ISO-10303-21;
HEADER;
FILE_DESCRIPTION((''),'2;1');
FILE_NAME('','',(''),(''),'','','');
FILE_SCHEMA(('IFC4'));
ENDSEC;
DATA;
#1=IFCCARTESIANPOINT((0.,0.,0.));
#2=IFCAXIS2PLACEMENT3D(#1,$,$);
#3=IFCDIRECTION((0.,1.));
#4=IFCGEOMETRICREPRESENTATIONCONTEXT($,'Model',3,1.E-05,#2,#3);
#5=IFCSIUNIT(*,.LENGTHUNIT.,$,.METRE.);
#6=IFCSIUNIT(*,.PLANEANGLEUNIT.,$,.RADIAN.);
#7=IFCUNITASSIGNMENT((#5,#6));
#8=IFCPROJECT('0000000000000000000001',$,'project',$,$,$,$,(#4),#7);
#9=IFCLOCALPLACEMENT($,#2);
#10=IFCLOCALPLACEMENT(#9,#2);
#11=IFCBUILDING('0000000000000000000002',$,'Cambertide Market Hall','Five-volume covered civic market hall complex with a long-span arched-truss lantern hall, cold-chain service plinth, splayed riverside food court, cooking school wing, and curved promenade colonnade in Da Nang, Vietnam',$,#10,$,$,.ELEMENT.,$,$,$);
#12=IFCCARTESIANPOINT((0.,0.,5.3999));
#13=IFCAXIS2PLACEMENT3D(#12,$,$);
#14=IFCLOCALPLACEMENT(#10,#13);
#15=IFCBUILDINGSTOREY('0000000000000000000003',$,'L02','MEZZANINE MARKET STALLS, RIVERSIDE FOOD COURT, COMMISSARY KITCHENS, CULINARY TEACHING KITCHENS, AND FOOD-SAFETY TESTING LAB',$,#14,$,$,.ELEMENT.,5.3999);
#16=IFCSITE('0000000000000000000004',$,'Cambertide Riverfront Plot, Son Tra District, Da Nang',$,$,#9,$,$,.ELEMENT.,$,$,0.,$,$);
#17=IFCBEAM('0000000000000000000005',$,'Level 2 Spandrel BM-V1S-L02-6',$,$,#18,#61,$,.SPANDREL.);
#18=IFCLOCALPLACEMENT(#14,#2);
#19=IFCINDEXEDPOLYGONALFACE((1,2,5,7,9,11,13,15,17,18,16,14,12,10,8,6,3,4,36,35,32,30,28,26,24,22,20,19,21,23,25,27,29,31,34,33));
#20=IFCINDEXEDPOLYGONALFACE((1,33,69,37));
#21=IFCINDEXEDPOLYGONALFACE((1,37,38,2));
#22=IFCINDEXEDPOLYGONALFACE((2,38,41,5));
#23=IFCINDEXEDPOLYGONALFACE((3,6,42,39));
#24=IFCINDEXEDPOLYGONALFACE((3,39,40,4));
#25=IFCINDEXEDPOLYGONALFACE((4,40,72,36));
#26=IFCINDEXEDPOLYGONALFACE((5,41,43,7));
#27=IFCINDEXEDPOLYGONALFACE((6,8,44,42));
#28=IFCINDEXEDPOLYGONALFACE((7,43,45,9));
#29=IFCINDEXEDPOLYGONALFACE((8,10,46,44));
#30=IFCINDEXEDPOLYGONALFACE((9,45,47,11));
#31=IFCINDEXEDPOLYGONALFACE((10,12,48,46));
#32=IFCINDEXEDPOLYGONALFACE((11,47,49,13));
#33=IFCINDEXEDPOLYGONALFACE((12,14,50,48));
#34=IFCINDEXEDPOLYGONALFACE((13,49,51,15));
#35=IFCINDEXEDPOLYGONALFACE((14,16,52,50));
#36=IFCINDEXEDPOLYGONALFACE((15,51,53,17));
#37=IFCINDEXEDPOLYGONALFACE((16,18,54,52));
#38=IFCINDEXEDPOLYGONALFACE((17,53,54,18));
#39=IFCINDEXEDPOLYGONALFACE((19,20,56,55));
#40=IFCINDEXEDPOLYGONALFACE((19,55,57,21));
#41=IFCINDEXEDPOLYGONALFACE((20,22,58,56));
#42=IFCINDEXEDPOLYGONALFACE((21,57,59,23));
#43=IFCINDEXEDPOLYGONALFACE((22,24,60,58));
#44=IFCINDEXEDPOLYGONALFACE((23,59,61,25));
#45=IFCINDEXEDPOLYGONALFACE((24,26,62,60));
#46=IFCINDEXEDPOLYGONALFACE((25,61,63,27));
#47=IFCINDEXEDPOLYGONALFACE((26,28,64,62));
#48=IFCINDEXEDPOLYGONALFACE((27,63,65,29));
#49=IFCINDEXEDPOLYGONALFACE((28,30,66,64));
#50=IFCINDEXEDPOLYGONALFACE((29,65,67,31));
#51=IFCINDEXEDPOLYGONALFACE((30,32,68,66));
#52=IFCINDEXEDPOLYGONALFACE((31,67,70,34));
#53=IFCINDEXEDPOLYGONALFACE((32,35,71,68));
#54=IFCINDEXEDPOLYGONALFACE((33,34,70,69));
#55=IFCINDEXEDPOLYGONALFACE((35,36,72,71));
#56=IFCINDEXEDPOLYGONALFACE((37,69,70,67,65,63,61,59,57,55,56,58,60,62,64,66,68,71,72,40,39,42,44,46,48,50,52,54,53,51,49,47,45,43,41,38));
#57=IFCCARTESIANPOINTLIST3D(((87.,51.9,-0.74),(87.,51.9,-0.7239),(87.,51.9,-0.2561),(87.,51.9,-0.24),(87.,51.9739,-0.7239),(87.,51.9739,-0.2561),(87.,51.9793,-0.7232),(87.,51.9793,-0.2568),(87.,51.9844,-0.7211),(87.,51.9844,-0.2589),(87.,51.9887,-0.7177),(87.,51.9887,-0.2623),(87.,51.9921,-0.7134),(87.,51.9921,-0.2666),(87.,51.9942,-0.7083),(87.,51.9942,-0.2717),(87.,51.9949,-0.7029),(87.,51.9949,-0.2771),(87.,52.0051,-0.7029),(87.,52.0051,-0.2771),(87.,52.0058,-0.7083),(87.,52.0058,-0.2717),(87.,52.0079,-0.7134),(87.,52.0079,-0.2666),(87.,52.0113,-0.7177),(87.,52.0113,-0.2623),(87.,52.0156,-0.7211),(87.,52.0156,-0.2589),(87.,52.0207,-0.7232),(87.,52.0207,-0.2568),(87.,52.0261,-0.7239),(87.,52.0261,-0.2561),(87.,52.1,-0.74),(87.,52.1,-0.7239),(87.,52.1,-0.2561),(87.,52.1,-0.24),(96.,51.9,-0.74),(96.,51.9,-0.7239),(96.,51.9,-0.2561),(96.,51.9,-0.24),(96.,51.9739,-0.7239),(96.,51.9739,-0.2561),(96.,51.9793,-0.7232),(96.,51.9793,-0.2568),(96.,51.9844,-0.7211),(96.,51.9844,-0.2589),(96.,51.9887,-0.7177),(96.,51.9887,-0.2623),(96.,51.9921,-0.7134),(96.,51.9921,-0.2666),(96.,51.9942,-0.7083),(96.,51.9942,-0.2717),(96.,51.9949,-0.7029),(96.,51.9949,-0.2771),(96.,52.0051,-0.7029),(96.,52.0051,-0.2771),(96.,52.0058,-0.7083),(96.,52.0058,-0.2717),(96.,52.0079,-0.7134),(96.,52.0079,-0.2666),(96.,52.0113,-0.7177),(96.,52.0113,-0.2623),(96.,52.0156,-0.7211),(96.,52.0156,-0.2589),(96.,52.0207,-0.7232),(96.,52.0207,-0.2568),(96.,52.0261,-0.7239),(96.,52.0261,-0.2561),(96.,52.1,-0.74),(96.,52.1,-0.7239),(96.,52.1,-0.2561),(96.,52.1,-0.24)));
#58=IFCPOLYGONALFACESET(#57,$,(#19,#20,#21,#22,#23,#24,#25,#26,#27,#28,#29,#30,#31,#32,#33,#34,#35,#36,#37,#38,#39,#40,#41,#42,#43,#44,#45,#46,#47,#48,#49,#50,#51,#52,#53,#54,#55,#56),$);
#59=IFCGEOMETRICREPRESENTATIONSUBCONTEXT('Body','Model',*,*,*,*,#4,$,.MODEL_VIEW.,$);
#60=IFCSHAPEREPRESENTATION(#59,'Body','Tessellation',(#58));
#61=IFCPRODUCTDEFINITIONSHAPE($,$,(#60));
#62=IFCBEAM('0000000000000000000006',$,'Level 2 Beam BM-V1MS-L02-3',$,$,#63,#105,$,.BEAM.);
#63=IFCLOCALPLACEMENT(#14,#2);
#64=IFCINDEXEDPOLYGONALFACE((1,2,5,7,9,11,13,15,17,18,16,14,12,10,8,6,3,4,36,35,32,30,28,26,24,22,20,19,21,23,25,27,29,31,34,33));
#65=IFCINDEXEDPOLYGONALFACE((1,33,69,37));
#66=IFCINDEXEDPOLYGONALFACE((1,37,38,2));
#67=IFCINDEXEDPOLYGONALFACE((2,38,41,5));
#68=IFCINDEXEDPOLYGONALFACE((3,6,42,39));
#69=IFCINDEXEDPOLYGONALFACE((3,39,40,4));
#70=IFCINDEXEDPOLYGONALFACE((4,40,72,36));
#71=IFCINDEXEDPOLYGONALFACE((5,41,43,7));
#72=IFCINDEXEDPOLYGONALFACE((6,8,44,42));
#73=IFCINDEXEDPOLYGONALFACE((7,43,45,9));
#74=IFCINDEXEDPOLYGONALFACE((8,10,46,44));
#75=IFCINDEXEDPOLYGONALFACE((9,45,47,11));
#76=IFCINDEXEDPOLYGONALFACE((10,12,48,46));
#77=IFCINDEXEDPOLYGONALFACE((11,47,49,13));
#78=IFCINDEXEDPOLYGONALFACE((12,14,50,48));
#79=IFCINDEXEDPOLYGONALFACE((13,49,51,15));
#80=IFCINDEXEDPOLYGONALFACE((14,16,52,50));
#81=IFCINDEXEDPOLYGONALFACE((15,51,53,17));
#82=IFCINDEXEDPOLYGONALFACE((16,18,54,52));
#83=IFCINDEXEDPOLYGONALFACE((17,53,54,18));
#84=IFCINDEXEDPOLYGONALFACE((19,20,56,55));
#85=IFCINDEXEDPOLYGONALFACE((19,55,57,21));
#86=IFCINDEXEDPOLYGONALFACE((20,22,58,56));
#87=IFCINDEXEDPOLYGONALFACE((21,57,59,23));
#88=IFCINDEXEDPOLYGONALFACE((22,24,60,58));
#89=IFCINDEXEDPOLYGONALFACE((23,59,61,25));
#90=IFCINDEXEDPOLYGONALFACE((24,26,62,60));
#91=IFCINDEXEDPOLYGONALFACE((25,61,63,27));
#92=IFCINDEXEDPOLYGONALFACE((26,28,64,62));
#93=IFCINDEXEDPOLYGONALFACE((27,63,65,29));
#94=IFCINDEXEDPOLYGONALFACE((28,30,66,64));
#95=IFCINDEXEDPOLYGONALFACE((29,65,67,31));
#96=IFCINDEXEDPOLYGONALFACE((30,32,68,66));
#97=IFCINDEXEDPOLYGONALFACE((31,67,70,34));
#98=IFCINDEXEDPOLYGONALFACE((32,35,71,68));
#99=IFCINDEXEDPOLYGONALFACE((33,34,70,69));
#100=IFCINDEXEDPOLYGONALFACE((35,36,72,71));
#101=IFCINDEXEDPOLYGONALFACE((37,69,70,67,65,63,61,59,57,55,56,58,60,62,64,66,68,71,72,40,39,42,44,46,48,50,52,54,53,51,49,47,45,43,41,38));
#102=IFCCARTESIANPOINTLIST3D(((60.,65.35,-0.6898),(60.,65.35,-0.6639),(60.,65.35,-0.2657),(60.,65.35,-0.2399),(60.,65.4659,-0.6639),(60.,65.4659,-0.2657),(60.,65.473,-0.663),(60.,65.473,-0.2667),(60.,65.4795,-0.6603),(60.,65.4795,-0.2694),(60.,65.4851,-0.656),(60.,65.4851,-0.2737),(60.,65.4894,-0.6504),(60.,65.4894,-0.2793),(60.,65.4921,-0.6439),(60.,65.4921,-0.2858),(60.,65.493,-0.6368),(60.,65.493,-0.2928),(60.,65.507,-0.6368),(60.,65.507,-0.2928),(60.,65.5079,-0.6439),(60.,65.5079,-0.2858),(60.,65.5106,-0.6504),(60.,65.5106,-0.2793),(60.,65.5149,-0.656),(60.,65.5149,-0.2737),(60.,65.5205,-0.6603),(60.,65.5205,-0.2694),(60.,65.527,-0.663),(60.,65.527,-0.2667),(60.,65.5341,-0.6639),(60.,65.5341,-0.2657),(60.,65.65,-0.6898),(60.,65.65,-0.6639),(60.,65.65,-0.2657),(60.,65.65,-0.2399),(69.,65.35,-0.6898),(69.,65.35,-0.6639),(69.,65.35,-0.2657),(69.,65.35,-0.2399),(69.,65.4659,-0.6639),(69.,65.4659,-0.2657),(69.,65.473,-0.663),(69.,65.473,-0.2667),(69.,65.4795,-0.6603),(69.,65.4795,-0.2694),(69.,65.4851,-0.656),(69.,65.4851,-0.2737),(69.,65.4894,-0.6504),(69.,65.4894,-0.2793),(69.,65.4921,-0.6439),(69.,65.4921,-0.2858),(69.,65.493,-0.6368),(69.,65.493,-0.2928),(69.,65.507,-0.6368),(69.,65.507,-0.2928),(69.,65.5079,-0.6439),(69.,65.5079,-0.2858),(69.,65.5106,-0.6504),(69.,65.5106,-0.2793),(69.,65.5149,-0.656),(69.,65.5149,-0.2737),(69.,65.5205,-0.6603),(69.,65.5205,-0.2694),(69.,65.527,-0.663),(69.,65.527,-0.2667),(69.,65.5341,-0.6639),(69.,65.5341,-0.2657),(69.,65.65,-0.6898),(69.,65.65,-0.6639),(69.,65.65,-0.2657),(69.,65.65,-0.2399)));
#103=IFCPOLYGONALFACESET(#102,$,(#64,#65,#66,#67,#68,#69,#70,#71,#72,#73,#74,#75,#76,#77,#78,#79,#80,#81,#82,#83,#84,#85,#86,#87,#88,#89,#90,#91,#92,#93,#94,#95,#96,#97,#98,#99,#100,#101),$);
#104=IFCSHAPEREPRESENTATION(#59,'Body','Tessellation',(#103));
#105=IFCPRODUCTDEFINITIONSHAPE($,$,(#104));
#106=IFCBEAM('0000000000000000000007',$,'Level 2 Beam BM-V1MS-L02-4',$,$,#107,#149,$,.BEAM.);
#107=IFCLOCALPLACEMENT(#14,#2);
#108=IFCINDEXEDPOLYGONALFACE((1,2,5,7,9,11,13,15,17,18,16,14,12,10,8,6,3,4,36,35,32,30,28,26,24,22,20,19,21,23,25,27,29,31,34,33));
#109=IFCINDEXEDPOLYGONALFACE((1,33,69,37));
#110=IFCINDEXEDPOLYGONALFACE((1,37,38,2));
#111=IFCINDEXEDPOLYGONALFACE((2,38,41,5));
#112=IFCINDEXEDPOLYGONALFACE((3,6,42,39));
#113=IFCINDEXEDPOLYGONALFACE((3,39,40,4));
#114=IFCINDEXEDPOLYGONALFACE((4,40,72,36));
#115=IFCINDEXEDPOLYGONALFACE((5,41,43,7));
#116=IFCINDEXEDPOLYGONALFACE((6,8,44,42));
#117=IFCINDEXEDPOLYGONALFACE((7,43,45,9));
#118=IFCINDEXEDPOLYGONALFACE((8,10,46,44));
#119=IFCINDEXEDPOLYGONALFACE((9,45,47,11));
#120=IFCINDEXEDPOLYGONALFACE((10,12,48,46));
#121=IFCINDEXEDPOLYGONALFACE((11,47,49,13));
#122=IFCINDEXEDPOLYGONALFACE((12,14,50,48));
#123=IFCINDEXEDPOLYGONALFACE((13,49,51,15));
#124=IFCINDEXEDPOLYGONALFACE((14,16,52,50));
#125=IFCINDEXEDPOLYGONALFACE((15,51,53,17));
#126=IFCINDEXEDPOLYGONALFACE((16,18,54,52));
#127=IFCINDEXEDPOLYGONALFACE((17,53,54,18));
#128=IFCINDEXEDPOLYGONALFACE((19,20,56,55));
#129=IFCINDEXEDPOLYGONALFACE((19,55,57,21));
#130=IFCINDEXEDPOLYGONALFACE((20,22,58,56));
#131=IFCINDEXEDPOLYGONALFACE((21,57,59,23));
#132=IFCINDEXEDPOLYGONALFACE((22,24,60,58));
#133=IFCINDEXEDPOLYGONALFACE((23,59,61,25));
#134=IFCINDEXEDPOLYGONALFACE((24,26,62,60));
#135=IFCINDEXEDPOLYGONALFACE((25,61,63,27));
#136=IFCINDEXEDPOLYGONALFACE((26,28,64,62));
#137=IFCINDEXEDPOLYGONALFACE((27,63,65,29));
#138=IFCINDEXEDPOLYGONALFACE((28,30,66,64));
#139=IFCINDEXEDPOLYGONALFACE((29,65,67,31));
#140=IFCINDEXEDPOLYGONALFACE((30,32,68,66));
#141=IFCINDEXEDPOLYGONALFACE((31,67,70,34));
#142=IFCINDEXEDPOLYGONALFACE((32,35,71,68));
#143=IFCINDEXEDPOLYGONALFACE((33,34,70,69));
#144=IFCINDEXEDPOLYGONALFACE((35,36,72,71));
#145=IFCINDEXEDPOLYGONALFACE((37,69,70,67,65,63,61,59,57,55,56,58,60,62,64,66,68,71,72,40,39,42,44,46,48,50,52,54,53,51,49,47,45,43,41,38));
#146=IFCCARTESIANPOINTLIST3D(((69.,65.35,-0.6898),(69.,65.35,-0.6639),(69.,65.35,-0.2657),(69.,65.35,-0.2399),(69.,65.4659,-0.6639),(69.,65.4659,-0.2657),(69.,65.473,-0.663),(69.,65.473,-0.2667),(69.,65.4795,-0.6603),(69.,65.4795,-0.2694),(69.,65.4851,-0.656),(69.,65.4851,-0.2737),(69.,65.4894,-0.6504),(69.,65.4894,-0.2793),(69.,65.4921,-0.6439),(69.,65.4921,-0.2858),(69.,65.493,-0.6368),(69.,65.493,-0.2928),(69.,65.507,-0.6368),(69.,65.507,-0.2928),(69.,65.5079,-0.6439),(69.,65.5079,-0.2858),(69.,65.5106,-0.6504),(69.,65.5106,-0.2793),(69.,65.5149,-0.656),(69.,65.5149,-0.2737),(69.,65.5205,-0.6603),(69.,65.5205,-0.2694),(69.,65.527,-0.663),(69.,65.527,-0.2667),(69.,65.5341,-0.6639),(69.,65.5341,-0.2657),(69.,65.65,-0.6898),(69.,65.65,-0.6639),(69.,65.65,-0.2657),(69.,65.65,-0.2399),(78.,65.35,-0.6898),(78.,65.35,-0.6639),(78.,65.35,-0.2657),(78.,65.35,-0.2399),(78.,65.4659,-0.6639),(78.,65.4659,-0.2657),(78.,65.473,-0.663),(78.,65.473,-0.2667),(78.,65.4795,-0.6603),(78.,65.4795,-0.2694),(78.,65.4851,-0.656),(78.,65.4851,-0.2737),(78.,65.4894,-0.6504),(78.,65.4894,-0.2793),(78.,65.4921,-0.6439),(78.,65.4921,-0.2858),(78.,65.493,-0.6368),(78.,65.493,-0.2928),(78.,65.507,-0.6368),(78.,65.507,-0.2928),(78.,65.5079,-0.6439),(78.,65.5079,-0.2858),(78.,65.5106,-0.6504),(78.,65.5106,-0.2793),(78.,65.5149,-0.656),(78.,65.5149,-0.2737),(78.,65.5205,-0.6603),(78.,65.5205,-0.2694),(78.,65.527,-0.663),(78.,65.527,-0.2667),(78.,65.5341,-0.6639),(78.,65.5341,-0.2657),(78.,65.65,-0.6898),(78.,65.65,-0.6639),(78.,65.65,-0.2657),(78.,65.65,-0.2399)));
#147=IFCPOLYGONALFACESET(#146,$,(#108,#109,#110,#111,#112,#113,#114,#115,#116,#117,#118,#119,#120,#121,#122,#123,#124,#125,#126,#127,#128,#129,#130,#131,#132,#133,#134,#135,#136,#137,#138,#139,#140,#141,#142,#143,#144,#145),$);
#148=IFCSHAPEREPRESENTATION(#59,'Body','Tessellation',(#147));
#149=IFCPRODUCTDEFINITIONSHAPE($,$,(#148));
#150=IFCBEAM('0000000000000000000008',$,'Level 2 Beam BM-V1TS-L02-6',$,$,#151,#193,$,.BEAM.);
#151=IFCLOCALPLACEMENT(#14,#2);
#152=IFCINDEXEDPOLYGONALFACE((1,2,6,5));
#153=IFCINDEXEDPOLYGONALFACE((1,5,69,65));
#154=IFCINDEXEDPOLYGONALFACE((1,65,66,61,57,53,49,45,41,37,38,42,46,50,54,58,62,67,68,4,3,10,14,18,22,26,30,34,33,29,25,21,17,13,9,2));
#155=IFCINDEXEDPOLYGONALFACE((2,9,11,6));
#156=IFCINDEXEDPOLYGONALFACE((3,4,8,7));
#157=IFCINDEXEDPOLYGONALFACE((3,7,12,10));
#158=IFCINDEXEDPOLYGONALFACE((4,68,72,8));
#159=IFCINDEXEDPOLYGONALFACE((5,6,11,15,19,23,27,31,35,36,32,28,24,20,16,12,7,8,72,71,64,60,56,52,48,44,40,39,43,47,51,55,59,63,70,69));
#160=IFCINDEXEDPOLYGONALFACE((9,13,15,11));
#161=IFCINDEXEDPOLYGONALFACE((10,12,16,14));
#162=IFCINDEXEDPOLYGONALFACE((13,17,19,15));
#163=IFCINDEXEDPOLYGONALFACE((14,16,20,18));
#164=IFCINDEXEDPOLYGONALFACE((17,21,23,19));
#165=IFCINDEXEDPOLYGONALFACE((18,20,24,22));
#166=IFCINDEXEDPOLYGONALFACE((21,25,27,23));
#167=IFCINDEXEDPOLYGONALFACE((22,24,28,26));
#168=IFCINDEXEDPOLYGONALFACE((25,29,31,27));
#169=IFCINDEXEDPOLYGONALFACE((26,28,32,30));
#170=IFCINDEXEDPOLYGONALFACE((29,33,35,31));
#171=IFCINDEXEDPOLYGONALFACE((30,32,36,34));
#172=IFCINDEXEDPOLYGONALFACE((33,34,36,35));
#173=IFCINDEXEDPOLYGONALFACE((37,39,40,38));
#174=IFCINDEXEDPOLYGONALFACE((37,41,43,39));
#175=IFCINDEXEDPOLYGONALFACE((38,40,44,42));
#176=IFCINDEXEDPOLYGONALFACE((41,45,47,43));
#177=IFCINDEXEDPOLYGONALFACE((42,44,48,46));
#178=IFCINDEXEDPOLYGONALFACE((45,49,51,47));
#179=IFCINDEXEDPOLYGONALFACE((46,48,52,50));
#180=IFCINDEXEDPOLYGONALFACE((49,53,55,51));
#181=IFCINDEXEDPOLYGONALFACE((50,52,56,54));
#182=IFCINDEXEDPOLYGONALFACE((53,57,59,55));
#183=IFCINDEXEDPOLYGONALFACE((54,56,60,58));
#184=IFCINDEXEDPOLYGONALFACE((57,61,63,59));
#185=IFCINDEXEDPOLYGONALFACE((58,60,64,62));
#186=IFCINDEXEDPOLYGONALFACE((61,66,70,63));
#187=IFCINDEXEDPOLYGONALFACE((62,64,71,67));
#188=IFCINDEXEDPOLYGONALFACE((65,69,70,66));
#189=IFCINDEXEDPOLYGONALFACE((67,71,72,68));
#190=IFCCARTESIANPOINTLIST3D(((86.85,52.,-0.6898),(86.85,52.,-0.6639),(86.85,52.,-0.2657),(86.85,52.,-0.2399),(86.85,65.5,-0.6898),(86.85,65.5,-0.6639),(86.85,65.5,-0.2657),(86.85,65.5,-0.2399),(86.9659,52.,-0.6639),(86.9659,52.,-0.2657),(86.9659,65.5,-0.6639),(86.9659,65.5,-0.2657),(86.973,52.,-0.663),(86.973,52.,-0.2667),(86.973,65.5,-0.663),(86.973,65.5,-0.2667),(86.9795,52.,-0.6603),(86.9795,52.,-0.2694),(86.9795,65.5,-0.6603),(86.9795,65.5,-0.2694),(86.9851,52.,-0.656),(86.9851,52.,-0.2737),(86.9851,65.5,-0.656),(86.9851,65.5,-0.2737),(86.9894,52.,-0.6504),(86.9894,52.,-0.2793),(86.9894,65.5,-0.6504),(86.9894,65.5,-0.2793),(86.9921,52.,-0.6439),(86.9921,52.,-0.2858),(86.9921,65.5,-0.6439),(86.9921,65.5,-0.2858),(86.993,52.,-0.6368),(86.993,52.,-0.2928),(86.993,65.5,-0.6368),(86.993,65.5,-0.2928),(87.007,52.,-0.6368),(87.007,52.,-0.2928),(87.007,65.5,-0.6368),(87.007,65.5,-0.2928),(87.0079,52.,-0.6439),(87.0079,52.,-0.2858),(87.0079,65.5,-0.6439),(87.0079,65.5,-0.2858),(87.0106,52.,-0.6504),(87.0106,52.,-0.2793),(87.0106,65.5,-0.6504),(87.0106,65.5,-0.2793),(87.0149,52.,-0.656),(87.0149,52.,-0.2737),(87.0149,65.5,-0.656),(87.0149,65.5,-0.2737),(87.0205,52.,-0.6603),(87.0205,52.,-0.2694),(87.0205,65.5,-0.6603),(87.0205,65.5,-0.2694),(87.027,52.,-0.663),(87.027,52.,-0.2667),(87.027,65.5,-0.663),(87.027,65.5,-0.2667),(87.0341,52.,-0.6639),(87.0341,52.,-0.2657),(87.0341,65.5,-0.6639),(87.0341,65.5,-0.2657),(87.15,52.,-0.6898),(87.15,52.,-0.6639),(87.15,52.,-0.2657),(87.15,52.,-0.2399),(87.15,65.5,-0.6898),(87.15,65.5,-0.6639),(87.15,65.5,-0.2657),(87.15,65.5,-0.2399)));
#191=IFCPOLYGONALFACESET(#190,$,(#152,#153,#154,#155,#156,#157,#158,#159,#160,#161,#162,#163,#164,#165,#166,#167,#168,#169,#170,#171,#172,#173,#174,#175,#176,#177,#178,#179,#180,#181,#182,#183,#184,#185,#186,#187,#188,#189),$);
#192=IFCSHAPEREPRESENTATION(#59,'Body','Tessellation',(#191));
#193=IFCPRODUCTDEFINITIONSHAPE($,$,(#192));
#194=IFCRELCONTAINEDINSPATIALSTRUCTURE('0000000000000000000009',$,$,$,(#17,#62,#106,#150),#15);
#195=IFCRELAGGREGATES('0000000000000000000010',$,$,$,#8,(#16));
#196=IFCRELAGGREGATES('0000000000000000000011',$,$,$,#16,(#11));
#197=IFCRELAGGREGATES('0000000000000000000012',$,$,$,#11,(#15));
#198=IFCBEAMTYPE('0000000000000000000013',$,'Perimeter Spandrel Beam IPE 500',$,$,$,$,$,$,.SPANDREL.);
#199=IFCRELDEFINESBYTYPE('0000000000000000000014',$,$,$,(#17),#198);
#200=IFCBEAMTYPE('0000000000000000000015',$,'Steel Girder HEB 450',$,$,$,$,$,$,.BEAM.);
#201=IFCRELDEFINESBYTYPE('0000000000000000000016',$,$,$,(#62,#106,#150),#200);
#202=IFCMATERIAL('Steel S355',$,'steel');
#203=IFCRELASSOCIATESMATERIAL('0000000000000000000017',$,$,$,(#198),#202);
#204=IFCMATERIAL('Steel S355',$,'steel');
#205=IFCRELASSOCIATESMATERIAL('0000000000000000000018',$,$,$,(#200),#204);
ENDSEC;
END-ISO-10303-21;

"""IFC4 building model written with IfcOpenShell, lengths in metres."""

from ifc_helpers import new_model, si_unit, direction, frame, origin, origin_2d, place, context, subcontext, project, spatial, i_section, extrude, material, material_profile, profile_set, type_object, element, save


model = new_model("IFC4")

# Units and contexts
model_context = context("Model", 3, precision=1e-05, world=origin(), true_north=direction((0.0, 1.0)))
body_context = subcontext(model_context, "Body", "Model", "MODEL_VIEW")
ifc_project = project(units=[si_unit("LENGTHUNIT", "METRE"), si_unit("PLANEANGLEUNIT", "RADIAN")], contexts=[model_context])

# Site, building, storey
site_placement = place(None, origin())
site = spatial("IfcSite", under=ifc_project, at=site_placement, Name="Cambertide Riverfront Plot, Son Tra District, Da Nang", CompositionType="ELEMENT", RefElevation=0.0)
building_placement = place(site_placement, origin())
building = spatial("IfcBuilding", under=site, at=building_placement, Name="Cambertide Market Hall", Description="Five-volume covered civic market hall complex with a long-span arched-truss lantern hall, cold-chain service plinth, splayed riverside food court, cooking school wing, and curved promenade colonnade in Da Nang, Vietnam", CompositionType="ELEMENT")
storey_placement = place(building_placement, frame((0.0, 0.0, 5.3999)))
storey = spatial("IfcBuildingStorey", under=building, at=storey_placement, Name="L02", Description="MEZZANINE MARKET STALLS, RIVERSIDE FOOD COURT, COMMISSARY KITCHENS, CULINARY TEACHING KITCHENS, AND FOOD-SAFETY TESTING LAB", CompositionType="ELEMENT", Elevation=5.3999)

# Beams
ifc_material_1 = material(Name="Steel S355", Category="steel")
ifc_material_profile_1 = material_profile(ifc_material_1, i_section(OverallWidth=0.2, OverallDepth=0.5, WebThickness=0.0103, FlangeThickness=0.0161, FilletRadius=0.021, at=origin_2d()), Name="IPE 500")
ifc_profile_set_1 = profile_set([ifc_material_profile_1], Name="Steel S355")
beam_type_1 = type_object("IfcBeamType", Name="Perimeter Spandrel Beam IPE 500", PredefinedType="SPANDREL", material=ifc_profile_set_1)
beam_1_placement = place(storey_placement, frame((87.0, 52.0, -0.49), z_axis=(1.0, 0.0, 0.0), x_axis=(0.0, 1.0, 0.0)))
element("IfcBeam", 1, at=beam_1_placement, inside=storey, type_object=beam_type_1, Name="Level 2 Spandrel BM-V1S-L02-6", PredefinedType="SPANDREL", context=body_context, shape_type="SweptSolid", body=[
    extrude(i_section(OverallWidth=0.2, OverallDepth=0.5, WebThickness=0.0103, FlangeThickness=0.0161, FilletRadius=0.021, at=origin_2d()), origin(), (0.0, 0.0, 1.0), 9.0),
])
ifc_material_2 = material(Name="Steel S355", Category="steel")
ifc_material_profile_2 = material_profile(ifc_material_2, i_section(OverallWidth=0.3, OverallDepth=0.45, WebThickness=0.0139, FlangeThickness=0.0259, FilletRadius=0.0271, at=origin_2d()), Name="HEB 450")
ifc_profile_set_2 = profile_set([ifc_material_profile_2], Name="Steel S355")
beam_type_2 = type_object("IfcBeamType", Name="Steel Girder HEB 450", PredefinedType="BEAM", material=ifc_profile_set_2)
for number, where, z_axis, x_axis, name in (
    (2, (60.0, 65.5, -0.4648), (1.0, 0.0, 0.0), (0.0, 1.0, 0.0), "Level 2 Beam BM-V1MS-L02-3"),
    (3, (69.0, 65.5, -0.4648), (1.0, 0.0, 0.0), (0.0, 1.0, 0.0), "Level 2 Beam BM-V1MS-L02-4"),
):
    element("IfcBeam", number, at=place(storey_placement, frame(where, z_axis=z_axis, x_axis=x_axis)), inside=storey, type_object=beam_type_2, Name=name, PredefinedType="BEAM", context=body_context, shape_type="SweptSolid", body=[
        extrude(i_section(OverallWidth=0.3, OverallDepth=0.45, WebThickness=0.0139, FlangeThickness=0.0259, FilletRadius=0.0271, at=origin_2d()), origin(), (0.0, 0.0, 1.0), 9.0),
    ])
beam_2_placement = place(storey_placement, frame((87.0, 52.0, -0.4648), z_axis=(0.0, 1.0, 0.0), x_axis=(-1.0, 0.0, 0.0)))
element("IfcBeam", 4, at=beam_2_placement, inside=storey, type_object=beam_type_2, Name="Level 2 Beam BM-V1TS-L02-6", PredefinedType="BEAM", context=body_context, shape_type="SweptSolid", body=[
    extrude(i_section(OverallWidth=0.3, OverallDepth=0.45, WebThickness=0.0139, FlangeThickness=0.0259, FilletRadius=0.0271, at=origin_2d()), origin(), (0.0, 0.0, 1.0), 13.5),
])

save(model, "model.ifc")
